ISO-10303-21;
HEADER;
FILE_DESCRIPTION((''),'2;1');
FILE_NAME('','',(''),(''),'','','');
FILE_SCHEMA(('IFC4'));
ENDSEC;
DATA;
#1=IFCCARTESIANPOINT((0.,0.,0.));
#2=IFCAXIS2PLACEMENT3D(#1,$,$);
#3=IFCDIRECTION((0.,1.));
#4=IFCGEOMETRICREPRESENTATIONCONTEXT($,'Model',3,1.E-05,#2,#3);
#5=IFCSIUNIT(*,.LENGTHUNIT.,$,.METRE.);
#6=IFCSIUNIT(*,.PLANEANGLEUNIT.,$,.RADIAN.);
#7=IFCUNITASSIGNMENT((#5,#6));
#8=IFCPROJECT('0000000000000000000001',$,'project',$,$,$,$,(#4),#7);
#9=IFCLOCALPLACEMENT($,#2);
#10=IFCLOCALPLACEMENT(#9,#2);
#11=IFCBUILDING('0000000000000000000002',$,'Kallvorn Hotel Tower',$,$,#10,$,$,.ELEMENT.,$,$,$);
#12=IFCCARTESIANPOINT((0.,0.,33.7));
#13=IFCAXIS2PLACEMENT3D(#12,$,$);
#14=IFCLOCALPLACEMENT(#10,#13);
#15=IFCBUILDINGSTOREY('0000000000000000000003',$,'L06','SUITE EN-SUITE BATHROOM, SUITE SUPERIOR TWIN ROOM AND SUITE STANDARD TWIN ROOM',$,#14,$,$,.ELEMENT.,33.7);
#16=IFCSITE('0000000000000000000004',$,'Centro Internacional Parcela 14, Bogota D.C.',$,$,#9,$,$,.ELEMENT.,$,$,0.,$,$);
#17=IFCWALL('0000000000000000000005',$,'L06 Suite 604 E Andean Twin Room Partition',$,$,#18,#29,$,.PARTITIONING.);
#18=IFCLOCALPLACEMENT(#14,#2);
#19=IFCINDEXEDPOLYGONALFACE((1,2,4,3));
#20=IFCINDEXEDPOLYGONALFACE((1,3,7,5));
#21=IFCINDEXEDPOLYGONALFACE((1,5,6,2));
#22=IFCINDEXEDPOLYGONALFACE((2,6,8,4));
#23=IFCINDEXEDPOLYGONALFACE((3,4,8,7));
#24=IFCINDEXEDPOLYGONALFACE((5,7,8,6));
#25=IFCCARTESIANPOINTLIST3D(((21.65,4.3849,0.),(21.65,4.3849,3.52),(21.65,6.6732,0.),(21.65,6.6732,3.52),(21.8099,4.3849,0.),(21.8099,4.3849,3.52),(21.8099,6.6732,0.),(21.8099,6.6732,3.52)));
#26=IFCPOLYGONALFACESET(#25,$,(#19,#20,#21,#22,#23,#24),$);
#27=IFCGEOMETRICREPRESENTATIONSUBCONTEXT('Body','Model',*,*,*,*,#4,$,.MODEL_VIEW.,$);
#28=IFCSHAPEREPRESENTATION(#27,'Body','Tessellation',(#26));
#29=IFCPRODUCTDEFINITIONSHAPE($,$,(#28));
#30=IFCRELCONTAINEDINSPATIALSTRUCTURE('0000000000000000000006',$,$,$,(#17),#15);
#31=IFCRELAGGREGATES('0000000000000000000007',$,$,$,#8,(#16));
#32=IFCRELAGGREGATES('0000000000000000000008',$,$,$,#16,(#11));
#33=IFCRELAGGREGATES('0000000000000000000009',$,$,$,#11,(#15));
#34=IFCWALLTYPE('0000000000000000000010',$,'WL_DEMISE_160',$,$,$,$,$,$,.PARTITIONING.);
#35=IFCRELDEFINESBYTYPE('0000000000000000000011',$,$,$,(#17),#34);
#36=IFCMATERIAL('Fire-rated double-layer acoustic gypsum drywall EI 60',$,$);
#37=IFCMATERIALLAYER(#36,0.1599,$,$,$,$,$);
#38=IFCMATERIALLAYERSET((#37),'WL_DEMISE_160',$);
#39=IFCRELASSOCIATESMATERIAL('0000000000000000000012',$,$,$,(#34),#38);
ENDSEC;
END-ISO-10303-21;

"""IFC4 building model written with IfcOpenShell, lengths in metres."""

from ifc_helpers import new_model, si_unit, direction, frame, frame_2d, origin, place, context, subcontext, project, spatial, rectangle, extrude, material, layer, layer_set, type_object, element, save


model = new_model("IFC4")

# Units and contexts
model_context = context("Model", 3, precision=1e-05, world=origin(), true_north=direction((0.0, 1.0)))
body_context = subcontext(model_context, "Body", "Model", "MODEL_VIEW")
ifc_project = project(units=[si_unit("LENGTHUNIT", "METRE"), si_unit("PLANEANGLEUNIT", "RADIAN")], contexts=[model_context])

# Site, building, storey
site_placement = place(None, origin())
site = spatial("IfcSite", under=ifc_project, at=site_placement, Name="Centro Internacional Parcela 14, Bogota D.C.", CompositionType="ELEMENT", RefElevation=0.0)
building_placement = place(site_placement, origin())
building = spatial("IfcBuilding", under=site, at=building_placement, Name="Kallvorn Hotel Tower", CompositionType="ELEMENT")
storey_placement = place(building_placement, frame((0.0, 0.0, 33.7)))
storey = spatial("IfcBuildingStorey", under=building, at=storey_placement, Name="L06", Description="SUITE EN-SUITE BATHROOM, SUITE SUPERIOR TWIN ROOM AND SUITE STANDARD TWIN ROOM", CompositionType="ELEMENT", Elevation=33.7)

# Shared definitions
ifc_material_1 = material(Name="Fire-rated double-layer acoustic gypsum drywall EI 60")
ifc_layer_1 = layer(ifc_material_1, 0.1599)
ifc_layer_set_1 = layer_set([ifc_layer_1], Name="WL_DEMISE_160")
wall_type = type_object("IfcWallType", Name="WL_DEMISE_160", PredefinedType="PARTITIONING", material=ifc_layer_set_1)

# Wall
wall_1_placement = place(storey_placement, frame((21.73, 4.385, 0.0), z_axis=(0.0, 0.0, 1.0), x_axis=(0.0, 1.0, 0.0)))
element("IfcWall", 1, at=wall_1_placement, inside=storey, type_object=wall_type, Name="L06 Suite 604 E Andean Twin Room Partition", PredefinedType="PARTITIONING", context=body_context, shape_type="SweptSolid", body=[
    extrude(rectangle(XDim=2.2883, YDim=0.1599, at=frame_2d((1.144, 0.0))), origin(), (0.0, 0.0, 1.0), 3.52),
])

save(model, "model.ifc")
